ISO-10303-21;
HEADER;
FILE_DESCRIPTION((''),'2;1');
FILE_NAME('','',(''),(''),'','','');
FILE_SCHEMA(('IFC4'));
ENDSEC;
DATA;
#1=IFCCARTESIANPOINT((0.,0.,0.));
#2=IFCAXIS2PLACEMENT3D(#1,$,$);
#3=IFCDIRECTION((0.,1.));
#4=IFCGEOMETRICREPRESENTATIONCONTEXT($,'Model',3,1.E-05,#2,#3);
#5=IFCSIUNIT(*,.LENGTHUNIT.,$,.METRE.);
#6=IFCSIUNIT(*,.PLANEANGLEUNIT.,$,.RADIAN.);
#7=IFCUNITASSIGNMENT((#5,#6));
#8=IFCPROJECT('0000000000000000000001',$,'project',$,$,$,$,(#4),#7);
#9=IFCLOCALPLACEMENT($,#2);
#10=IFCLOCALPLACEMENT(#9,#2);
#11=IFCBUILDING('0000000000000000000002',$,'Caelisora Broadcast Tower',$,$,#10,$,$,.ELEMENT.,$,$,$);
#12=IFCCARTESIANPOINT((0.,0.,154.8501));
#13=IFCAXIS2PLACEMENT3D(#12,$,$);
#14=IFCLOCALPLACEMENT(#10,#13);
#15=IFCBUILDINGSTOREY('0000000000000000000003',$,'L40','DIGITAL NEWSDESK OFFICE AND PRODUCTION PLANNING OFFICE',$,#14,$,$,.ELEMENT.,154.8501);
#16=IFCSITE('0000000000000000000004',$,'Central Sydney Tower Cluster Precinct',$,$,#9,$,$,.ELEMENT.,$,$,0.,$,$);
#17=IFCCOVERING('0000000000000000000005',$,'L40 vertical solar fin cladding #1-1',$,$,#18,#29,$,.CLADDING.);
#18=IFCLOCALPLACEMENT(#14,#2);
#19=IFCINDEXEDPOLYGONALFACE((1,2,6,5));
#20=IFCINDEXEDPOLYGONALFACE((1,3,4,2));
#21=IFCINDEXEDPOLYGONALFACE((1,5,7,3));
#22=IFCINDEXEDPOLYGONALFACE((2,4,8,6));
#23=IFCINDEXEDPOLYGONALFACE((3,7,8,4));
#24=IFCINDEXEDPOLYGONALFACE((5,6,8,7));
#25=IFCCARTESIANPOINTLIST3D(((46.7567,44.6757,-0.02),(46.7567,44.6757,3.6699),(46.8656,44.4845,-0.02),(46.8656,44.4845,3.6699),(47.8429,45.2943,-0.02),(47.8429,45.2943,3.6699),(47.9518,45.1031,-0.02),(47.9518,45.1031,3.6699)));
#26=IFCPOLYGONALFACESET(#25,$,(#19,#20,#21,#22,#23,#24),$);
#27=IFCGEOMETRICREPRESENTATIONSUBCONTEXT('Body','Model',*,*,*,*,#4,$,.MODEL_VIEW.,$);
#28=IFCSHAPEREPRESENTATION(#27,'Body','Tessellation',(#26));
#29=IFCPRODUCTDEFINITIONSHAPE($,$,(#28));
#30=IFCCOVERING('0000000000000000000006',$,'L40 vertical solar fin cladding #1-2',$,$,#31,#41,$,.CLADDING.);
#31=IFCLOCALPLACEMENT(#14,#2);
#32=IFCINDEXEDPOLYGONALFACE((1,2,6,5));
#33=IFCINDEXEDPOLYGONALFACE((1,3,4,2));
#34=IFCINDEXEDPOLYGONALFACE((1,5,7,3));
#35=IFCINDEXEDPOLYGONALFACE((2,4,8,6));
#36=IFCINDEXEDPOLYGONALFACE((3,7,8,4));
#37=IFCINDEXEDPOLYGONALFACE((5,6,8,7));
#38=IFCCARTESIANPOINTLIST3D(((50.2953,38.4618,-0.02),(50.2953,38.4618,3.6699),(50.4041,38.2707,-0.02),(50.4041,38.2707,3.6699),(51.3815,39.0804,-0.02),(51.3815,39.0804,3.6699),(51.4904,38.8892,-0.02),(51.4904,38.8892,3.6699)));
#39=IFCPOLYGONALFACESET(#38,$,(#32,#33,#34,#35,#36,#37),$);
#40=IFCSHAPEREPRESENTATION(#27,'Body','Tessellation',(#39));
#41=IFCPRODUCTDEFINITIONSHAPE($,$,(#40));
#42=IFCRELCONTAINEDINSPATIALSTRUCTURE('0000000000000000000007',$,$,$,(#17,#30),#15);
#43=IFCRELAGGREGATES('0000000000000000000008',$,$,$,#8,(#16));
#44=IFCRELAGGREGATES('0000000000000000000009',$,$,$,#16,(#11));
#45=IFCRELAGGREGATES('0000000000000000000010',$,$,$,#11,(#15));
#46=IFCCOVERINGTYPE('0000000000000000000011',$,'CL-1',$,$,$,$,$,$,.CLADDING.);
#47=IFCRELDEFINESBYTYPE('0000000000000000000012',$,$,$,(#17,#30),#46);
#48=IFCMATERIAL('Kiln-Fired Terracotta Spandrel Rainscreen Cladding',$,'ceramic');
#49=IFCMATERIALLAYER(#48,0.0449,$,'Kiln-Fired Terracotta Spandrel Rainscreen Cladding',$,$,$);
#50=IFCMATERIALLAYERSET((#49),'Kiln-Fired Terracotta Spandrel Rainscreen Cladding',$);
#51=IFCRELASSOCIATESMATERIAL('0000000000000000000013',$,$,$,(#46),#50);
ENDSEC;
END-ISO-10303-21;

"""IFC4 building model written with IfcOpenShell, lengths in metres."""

from ifc_helpers import new_model, si_unit, direction, frame, origin, origin_2d, place, context, subcontext, project, spatial, rectangle, extrude, source, transform, mapped, material, layer, layer_set, type_object, type_shapes, element, save


model = new_model("IFC4")

# Units and contexts
model_context = context("Model", 3, precision=1e-05, world=origin(), true_north=direction((0.0, 1.0)))
body_context = subcontext(model_context, "Body", "Model", "MODEL_VIEW")
ifc_project = project(units=[si_unit("LENGTHUNIT", "METRE"), si_unit("PLANEANGLEUNIT", "RADIAN")], contexts=[model_context])

# Site, building, storey
site_placement = place(None, origin())
site = spatial("IfcSite", under=ifc_project, at=site_placement, Name="Central Sydney Tower Cluster Precinct", CompositionType="ELEMENT", RefElevation=0.0)
building_placement = place(site_placement, origin())
building = spatial("IfcBuilding", under=site, at=building_placement, Name="Caelisora Broadcast Tower", CompositionType="ELEMENT")
storey_placement = place(building_placement, frame((0.0, 0.0, 154.8501)))
storey = spatial("IfcBuildingStorey", under=building, at=storey_placement, Name="L40", Description="DIGITAL NEWSDESK OFFICE AND PRODUCTION PLANNING OFFICE", CompositionType="ELEMENT", Elevation=154.8501)

# Coverings
ifc_material_1 = material(Name="Kiln-Fired Terracotta Spandrel Rainscreen Cladding", Category="ceramic")
ifc_layer_1 = layer(ifc_material_1, 0.0449, Name="Kiln-Fired Terracotta Spandrel Rainscreen Cladding")
ifc_layer_set_1 = layer_set([ifc_layer_1], Name="Kiln-Fired Terracotta Spandrel Rainscreen Cladding")
covering_type = type_object("IfcCoveringType", Name="CL-1", PredefinedType="CLADDING", material=ifc_layer_set_1)
shared_shape_1 = source(origin(), body_context, "Body", "SweptSolid", [
    extrude(rectangle(XDim=0.22, YDim=1.25, at=origin_2d()), origin(), (0.0, 0.0, 1.0), 3.6899),
])
type_shapes(covering_type, [shared_shape_1])
for number, where, z_axis, x_axis, name in (
    (1, (47.3542, 44.8894, -0.02), (0.0, 0.0, 1.0), (0.494852, -0.868977, 0.0), "L40 vertical solar fin cladding #1-1"),
    (2, (50.8928, 38.6755, -0.02), (0.0, 0.0, 1.0), (0.494852, -0.868977, 0.0), "L40 vertical solar fin cladding #1-2"),
):
    element("IfcCovering", number, at=place(storey_placement, frame(where, z_axis=z_axis, x_axis=x_axis)), inside=storey, type_object=covering_type, Name=name, PredefinedType="CLADDING", context=body_context, shape_type="MappedRepresentation", body=[
        mapped(shared_shape_1, transform((0.0, 0.0, 0.0), scale=1.0)),
    ])

save(model, "model.ifc")
